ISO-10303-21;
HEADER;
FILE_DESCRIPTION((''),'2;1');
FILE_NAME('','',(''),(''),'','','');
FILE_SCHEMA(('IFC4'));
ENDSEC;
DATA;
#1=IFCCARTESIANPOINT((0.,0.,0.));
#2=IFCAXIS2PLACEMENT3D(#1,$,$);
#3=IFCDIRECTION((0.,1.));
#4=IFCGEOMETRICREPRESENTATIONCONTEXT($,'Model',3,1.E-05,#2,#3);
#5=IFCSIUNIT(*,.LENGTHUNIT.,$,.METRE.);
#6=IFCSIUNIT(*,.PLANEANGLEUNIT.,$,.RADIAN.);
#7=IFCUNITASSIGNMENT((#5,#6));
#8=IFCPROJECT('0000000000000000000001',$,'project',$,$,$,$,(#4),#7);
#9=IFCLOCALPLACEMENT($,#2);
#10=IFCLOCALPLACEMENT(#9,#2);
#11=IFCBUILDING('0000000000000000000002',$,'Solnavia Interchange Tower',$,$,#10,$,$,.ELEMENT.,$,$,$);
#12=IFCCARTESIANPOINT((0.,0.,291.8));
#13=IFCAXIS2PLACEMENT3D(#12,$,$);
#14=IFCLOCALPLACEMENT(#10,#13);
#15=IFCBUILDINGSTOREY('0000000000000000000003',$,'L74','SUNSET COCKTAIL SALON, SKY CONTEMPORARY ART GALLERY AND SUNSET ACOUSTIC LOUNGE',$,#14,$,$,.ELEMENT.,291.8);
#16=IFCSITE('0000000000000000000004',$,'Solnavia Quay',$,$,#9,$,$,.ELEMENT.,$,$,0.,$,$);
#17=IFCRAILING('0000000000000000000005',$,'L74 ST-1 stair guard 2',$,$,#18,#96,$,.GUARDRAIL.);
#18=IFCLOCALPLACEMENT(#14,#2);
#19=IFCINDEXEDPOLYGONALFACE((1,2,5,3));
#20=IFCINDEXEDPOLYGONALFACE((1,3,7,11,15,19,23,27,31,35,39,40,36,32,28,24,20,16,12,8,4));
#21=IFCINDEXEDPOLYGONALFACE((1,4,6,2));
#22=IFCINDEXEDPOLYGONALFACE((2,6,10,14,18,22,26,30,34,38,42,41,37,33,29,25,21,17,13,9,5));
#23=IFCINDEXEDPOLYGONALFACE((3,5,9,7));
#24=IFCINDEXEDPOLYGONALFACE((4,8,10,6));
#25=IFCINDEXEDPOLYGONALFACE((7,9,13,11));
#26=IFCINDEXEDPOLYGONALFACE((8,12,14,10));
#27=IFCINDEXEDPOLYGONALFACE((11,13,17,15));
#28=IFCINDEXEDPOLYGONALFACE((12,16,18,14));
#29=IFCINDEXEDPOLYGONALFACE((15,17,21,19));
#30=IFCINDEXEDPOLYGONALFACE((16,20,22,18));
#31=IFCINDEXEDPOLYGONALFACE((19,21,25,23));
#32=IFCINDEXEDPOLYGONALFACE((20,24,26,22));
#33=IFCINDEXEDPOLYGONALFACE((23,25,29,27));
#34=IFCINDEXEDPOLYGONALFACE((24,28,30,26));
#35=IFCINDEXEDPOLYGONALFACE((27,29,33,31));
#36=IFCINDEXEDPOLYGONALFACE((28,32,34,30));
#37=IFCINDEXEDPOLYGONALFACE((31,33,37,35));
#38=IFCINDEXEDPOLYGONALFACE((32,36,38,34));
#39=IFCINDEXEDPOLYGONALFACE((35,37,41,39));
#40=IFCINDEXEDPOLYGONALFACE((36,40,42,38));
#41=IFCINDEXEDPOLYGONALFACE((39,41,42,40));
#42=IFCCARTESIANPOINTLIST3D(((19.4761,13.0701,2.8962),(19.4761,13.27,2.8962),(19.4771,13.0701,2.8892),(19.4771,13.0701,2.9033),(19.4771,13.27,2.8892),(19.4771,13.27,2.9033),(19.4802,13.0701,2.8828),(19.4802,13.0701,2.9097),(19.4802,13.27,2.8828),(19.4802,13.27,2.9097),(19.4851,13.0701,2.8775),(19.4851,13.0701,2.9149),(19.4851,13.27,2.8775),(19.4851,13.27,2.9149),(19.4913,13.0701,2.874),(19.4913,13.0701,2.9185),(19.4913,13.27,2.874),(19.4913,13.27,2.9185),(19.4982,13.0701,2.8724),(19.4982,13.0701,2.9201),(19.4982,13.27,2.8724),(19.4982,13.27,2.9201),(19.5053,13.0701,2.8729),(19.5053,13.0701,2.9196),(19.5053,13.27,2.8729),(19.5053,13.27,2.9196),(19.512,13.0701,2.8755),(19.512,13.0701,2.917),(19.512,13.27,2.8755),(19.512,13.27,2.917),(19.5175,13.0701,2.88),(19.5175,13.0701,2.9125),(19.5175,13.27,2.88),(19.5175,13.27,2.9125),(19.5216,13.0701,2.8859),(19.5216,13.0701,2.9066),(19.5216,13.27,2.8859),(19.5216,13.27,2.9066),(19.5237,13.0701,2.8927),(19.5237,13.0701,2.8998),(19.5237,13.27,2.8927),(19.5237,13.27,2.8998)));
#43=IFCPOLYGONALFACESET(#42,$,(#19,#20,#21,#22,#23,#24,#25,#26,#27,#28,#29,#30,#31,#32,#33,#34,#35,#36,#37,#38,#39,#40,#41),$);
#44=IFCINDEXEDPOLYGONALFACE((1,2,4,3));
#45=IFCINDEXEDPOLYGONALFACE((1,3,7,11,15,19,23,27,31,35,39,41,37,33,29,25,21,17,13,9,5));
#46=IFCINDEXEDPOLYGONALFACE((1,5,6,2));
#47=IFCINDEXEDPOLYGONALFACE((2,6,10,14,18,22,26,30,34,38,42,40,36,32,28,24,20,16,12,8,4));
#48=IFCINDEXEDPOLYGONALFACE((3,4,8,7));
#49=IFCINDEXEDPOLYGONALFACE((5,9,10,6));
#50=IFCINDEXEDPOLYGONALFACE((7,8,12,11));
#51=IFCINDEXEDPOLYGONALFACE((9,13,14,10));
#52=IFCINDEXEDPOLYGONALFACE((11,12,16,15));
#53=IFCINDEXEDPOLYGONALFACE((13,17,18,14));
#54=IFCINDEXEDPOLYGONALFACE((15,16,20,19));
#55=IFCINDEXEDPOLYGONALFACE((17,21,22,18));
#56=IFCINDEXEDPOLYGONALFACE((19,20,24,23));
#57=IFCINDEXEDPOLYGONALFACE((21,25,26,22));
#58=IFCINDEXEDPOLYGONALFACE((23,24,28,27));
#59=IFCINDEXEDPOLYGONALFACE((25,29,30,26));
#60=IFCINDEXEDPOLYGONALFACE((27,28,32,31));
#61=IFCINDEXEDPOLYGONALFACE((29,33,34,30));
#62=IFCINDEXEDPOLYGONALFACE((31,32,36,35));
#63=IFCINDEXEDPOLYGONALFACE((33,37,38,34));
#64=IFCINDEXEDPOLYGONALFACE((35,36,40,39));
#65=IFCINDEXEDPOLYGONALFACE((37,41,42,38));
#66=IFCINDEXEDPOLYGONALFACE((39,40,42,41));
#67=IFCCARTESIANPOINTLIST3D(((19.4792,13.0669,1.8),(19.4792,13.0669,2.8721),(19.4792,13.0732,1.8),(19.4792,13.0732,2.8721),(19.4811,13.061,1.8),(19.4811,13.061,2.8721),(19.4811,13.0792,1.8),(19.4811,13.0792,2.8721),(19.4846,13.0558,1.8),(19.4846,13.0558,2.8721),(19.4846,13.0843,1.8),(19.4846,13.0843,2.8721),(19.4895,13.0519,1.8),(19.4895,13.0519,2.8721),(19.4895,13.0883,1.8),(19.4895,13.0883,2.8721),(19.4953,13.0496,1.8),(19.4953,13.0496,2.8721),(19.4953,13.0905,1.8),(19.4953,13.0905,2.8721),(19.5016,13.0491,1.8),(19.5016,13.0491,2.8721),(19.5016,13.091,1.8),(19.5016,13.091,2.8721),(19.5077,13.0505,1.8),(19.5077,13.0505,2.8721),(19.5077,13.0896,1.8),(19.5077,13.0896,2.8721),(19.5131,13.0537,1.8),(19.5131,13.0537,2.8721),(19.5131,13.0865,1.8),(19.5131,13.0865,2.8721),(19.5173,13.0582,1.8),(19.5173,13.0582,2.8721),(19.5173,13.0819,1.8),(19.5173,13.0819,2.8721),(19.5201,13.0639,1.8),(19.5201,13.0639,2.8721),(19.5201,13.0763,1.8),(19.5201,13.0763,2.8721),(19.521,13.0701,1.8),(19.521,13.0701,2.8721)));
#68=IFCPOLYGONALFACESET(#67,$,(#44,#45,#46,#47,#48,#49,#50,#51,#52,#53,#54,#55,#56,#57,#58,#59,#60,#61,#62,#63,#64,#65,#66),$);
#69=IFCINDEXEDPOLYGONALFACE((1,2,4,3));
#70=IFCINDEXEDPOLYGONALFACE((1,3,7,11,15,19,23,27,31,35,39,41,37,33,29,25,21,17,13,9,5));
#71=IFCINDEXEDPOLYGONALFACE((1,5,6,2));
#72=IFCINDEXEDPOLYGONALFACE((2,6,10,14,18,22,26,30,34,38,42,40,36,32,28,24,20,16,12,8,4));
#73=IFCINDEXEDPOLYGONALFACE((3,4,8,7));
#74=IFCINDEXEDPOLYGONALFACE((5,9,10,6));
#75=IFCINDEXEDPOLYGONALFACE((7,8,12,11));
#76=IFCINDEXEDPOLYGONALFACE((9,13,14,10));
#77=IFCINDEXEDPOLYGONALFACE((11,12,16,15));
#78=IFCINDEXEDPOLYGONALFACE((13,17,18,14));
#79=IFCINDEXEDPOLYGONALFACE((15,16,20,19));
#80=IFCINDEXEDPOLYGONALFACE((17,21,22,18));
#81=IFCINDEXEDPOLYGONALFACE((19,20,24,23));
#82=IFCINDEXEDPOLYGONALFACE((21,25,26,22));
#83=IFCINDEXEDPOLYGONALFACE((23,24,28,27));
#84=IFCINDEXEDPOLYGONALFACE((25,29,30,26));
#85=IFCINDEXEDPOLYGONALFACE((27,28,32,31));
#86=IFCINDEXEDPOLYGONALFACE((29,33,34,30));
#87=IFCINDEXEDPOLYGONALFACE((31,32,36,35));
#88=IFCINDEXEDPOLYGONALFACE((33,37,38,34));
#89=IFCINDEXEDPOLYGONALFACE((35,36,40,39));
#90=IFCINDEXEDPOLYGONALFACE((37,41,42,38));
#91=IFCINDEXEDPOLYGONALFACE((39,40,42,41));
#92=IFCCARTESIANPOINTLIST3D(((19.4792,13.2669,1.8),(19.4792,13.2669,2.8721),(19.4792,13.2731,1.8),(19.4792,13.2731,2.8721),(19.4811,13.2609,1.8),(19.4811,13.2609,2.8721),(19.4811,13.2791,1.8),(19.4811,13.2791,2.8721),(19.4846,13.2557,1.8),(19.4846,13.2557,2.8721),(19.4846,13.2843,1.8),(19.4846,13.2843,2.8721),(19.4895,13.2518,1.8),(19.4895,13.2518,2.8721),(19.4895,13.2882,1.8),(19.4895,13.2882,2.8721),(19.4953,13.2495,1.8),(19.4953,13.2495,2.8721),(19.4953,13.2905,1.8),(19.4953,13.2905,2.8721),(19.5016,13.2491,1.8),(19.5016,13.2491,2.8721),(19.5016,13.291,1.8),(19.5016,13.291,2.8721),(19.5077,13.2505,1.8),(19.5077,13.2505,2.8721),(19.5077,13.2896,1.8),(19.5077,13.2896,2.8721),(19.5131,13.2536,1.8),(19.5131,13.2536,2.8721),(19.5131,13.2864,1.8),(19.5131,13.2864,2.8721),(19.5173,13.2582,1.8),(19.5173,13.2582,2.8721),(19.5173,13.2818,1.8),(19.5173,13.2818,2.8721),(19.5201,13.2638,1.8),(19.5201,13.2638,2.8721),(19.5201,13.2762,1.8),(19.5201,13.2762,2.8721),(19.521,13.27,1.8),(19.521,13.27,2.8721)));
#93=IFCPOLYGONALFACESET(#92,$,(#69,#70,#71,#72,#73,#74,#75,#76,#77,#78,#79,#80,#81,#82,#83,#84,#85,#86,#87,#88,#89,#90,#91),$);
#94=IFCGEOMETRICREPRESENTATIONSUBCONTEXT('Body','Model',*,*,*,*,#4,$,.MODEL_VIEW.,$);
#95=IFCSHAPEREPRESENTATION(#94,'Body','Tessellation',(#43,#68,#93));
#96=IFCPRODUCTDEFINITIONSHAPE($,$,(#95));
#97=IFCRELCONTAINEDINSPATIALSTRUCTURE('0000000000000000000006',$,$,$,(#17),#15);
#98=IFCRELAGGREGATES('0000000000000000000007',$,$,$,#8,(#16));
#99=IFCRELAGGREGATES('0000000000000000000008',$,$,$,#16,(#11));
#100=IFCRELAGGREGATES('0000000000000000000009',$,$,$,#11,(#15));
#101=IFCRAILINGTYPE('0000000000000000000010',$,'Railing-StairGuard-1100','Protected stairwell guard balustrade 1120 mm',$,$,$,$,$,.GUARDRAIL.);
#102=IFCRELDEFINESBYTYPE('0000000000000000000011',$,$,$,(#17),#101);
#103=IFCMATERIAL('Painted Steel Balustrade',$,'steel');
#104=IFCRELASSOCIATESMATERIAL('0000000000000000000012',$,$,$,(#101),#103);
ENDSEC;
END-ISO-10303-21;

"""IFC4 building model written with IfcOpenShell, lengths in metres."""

from ifc_helpers import new_model, si_unit, direction, frame, origin, origin_2d, place, context, subcontext, project, spatial, circle, extrude, material, type_object, element, save


model = new_model("IFC4")

# Units and contexts
model_context = context("Model", 3, precision=1e-05, world=origin(), true_north=direction((0.0, 1.0)))
body_context = subcontext(model_context, "Body", "Model", "MODEL_VIEW")
ifc_project = project(units=[si_unit("LENGTHUNIT", "METRE"), si_unit("PLANEANGLEUNIT", "RADIAN")], contexts=[model_context])

# Site, building, storey
site_placement = place(None, origin())
site = spatial("IfcSite", under=ifc_project, at=site_placement, Name="Solnavia Quay", CompositionType="ELEMENT", RefElevation=0.0)
building_placement = place(site_placement, origin())
building = spatial("IfcBuilding", under=site, at=building_placement, Name="Solnavia Interchange Tower", CompositionType="ELEMENT")
storey_placement = place(building_placement, frame((0.0, 0.0, 291.8)))
storey = spatial("IfcBuildingStorey", under=building, at=storey_placement, Name="L74", Description="SUNSET COCKTAIL SALON, SKY CONTEMPORARY ART GALLERY AND SUNSET ACOUSTIC LOUNGE", CompositionType="ELEMENT", Elevation=291.8)

# Railing
ifc_material_1 = material(Name="Painted Steel Balustrade", Category="steel")
railing_type_1 = type_object("IfcRailingType", Name="Railing-StairGuard-1100", Description="Protected stairwell guard balustrade 1120 mm", PredefinedType="GUARDRAIL", material=ifc_material_1)
railing_1_placement = place(storey_placement, frame((19.5, 13.0701, 1.8)))
element("IfcRailing", 1, at=railing_1_placement, inside=storey, type_object=railing_type_1, Name="L74 ST-1 stair guard 2", PredefinedType="GUARDRAIL", context=body_context, shape_type="SweptSolid", body=[
    extrude(circle(Radius=0.0239, at=origin_2d()), frame((0.0, 0.0, 1.0962), z_axis=(0.0, 1.0, 0.0), x_axis=(-1.0, 0.0, 0.0)), (0.0, 0.0, 1.0), 0.2),
    extrude(circle(Radius=0.021, at=origin_2d()), origin(), (0.0, 0.0, 1.0), 1.072),
    extrude(circle(Radius=0.021, at=origin_2d()), frame((0.0, 0.2, 0.0)), (0.0, 0.0, 1.0), 1.072),
])

save(model, "model.ifc")
